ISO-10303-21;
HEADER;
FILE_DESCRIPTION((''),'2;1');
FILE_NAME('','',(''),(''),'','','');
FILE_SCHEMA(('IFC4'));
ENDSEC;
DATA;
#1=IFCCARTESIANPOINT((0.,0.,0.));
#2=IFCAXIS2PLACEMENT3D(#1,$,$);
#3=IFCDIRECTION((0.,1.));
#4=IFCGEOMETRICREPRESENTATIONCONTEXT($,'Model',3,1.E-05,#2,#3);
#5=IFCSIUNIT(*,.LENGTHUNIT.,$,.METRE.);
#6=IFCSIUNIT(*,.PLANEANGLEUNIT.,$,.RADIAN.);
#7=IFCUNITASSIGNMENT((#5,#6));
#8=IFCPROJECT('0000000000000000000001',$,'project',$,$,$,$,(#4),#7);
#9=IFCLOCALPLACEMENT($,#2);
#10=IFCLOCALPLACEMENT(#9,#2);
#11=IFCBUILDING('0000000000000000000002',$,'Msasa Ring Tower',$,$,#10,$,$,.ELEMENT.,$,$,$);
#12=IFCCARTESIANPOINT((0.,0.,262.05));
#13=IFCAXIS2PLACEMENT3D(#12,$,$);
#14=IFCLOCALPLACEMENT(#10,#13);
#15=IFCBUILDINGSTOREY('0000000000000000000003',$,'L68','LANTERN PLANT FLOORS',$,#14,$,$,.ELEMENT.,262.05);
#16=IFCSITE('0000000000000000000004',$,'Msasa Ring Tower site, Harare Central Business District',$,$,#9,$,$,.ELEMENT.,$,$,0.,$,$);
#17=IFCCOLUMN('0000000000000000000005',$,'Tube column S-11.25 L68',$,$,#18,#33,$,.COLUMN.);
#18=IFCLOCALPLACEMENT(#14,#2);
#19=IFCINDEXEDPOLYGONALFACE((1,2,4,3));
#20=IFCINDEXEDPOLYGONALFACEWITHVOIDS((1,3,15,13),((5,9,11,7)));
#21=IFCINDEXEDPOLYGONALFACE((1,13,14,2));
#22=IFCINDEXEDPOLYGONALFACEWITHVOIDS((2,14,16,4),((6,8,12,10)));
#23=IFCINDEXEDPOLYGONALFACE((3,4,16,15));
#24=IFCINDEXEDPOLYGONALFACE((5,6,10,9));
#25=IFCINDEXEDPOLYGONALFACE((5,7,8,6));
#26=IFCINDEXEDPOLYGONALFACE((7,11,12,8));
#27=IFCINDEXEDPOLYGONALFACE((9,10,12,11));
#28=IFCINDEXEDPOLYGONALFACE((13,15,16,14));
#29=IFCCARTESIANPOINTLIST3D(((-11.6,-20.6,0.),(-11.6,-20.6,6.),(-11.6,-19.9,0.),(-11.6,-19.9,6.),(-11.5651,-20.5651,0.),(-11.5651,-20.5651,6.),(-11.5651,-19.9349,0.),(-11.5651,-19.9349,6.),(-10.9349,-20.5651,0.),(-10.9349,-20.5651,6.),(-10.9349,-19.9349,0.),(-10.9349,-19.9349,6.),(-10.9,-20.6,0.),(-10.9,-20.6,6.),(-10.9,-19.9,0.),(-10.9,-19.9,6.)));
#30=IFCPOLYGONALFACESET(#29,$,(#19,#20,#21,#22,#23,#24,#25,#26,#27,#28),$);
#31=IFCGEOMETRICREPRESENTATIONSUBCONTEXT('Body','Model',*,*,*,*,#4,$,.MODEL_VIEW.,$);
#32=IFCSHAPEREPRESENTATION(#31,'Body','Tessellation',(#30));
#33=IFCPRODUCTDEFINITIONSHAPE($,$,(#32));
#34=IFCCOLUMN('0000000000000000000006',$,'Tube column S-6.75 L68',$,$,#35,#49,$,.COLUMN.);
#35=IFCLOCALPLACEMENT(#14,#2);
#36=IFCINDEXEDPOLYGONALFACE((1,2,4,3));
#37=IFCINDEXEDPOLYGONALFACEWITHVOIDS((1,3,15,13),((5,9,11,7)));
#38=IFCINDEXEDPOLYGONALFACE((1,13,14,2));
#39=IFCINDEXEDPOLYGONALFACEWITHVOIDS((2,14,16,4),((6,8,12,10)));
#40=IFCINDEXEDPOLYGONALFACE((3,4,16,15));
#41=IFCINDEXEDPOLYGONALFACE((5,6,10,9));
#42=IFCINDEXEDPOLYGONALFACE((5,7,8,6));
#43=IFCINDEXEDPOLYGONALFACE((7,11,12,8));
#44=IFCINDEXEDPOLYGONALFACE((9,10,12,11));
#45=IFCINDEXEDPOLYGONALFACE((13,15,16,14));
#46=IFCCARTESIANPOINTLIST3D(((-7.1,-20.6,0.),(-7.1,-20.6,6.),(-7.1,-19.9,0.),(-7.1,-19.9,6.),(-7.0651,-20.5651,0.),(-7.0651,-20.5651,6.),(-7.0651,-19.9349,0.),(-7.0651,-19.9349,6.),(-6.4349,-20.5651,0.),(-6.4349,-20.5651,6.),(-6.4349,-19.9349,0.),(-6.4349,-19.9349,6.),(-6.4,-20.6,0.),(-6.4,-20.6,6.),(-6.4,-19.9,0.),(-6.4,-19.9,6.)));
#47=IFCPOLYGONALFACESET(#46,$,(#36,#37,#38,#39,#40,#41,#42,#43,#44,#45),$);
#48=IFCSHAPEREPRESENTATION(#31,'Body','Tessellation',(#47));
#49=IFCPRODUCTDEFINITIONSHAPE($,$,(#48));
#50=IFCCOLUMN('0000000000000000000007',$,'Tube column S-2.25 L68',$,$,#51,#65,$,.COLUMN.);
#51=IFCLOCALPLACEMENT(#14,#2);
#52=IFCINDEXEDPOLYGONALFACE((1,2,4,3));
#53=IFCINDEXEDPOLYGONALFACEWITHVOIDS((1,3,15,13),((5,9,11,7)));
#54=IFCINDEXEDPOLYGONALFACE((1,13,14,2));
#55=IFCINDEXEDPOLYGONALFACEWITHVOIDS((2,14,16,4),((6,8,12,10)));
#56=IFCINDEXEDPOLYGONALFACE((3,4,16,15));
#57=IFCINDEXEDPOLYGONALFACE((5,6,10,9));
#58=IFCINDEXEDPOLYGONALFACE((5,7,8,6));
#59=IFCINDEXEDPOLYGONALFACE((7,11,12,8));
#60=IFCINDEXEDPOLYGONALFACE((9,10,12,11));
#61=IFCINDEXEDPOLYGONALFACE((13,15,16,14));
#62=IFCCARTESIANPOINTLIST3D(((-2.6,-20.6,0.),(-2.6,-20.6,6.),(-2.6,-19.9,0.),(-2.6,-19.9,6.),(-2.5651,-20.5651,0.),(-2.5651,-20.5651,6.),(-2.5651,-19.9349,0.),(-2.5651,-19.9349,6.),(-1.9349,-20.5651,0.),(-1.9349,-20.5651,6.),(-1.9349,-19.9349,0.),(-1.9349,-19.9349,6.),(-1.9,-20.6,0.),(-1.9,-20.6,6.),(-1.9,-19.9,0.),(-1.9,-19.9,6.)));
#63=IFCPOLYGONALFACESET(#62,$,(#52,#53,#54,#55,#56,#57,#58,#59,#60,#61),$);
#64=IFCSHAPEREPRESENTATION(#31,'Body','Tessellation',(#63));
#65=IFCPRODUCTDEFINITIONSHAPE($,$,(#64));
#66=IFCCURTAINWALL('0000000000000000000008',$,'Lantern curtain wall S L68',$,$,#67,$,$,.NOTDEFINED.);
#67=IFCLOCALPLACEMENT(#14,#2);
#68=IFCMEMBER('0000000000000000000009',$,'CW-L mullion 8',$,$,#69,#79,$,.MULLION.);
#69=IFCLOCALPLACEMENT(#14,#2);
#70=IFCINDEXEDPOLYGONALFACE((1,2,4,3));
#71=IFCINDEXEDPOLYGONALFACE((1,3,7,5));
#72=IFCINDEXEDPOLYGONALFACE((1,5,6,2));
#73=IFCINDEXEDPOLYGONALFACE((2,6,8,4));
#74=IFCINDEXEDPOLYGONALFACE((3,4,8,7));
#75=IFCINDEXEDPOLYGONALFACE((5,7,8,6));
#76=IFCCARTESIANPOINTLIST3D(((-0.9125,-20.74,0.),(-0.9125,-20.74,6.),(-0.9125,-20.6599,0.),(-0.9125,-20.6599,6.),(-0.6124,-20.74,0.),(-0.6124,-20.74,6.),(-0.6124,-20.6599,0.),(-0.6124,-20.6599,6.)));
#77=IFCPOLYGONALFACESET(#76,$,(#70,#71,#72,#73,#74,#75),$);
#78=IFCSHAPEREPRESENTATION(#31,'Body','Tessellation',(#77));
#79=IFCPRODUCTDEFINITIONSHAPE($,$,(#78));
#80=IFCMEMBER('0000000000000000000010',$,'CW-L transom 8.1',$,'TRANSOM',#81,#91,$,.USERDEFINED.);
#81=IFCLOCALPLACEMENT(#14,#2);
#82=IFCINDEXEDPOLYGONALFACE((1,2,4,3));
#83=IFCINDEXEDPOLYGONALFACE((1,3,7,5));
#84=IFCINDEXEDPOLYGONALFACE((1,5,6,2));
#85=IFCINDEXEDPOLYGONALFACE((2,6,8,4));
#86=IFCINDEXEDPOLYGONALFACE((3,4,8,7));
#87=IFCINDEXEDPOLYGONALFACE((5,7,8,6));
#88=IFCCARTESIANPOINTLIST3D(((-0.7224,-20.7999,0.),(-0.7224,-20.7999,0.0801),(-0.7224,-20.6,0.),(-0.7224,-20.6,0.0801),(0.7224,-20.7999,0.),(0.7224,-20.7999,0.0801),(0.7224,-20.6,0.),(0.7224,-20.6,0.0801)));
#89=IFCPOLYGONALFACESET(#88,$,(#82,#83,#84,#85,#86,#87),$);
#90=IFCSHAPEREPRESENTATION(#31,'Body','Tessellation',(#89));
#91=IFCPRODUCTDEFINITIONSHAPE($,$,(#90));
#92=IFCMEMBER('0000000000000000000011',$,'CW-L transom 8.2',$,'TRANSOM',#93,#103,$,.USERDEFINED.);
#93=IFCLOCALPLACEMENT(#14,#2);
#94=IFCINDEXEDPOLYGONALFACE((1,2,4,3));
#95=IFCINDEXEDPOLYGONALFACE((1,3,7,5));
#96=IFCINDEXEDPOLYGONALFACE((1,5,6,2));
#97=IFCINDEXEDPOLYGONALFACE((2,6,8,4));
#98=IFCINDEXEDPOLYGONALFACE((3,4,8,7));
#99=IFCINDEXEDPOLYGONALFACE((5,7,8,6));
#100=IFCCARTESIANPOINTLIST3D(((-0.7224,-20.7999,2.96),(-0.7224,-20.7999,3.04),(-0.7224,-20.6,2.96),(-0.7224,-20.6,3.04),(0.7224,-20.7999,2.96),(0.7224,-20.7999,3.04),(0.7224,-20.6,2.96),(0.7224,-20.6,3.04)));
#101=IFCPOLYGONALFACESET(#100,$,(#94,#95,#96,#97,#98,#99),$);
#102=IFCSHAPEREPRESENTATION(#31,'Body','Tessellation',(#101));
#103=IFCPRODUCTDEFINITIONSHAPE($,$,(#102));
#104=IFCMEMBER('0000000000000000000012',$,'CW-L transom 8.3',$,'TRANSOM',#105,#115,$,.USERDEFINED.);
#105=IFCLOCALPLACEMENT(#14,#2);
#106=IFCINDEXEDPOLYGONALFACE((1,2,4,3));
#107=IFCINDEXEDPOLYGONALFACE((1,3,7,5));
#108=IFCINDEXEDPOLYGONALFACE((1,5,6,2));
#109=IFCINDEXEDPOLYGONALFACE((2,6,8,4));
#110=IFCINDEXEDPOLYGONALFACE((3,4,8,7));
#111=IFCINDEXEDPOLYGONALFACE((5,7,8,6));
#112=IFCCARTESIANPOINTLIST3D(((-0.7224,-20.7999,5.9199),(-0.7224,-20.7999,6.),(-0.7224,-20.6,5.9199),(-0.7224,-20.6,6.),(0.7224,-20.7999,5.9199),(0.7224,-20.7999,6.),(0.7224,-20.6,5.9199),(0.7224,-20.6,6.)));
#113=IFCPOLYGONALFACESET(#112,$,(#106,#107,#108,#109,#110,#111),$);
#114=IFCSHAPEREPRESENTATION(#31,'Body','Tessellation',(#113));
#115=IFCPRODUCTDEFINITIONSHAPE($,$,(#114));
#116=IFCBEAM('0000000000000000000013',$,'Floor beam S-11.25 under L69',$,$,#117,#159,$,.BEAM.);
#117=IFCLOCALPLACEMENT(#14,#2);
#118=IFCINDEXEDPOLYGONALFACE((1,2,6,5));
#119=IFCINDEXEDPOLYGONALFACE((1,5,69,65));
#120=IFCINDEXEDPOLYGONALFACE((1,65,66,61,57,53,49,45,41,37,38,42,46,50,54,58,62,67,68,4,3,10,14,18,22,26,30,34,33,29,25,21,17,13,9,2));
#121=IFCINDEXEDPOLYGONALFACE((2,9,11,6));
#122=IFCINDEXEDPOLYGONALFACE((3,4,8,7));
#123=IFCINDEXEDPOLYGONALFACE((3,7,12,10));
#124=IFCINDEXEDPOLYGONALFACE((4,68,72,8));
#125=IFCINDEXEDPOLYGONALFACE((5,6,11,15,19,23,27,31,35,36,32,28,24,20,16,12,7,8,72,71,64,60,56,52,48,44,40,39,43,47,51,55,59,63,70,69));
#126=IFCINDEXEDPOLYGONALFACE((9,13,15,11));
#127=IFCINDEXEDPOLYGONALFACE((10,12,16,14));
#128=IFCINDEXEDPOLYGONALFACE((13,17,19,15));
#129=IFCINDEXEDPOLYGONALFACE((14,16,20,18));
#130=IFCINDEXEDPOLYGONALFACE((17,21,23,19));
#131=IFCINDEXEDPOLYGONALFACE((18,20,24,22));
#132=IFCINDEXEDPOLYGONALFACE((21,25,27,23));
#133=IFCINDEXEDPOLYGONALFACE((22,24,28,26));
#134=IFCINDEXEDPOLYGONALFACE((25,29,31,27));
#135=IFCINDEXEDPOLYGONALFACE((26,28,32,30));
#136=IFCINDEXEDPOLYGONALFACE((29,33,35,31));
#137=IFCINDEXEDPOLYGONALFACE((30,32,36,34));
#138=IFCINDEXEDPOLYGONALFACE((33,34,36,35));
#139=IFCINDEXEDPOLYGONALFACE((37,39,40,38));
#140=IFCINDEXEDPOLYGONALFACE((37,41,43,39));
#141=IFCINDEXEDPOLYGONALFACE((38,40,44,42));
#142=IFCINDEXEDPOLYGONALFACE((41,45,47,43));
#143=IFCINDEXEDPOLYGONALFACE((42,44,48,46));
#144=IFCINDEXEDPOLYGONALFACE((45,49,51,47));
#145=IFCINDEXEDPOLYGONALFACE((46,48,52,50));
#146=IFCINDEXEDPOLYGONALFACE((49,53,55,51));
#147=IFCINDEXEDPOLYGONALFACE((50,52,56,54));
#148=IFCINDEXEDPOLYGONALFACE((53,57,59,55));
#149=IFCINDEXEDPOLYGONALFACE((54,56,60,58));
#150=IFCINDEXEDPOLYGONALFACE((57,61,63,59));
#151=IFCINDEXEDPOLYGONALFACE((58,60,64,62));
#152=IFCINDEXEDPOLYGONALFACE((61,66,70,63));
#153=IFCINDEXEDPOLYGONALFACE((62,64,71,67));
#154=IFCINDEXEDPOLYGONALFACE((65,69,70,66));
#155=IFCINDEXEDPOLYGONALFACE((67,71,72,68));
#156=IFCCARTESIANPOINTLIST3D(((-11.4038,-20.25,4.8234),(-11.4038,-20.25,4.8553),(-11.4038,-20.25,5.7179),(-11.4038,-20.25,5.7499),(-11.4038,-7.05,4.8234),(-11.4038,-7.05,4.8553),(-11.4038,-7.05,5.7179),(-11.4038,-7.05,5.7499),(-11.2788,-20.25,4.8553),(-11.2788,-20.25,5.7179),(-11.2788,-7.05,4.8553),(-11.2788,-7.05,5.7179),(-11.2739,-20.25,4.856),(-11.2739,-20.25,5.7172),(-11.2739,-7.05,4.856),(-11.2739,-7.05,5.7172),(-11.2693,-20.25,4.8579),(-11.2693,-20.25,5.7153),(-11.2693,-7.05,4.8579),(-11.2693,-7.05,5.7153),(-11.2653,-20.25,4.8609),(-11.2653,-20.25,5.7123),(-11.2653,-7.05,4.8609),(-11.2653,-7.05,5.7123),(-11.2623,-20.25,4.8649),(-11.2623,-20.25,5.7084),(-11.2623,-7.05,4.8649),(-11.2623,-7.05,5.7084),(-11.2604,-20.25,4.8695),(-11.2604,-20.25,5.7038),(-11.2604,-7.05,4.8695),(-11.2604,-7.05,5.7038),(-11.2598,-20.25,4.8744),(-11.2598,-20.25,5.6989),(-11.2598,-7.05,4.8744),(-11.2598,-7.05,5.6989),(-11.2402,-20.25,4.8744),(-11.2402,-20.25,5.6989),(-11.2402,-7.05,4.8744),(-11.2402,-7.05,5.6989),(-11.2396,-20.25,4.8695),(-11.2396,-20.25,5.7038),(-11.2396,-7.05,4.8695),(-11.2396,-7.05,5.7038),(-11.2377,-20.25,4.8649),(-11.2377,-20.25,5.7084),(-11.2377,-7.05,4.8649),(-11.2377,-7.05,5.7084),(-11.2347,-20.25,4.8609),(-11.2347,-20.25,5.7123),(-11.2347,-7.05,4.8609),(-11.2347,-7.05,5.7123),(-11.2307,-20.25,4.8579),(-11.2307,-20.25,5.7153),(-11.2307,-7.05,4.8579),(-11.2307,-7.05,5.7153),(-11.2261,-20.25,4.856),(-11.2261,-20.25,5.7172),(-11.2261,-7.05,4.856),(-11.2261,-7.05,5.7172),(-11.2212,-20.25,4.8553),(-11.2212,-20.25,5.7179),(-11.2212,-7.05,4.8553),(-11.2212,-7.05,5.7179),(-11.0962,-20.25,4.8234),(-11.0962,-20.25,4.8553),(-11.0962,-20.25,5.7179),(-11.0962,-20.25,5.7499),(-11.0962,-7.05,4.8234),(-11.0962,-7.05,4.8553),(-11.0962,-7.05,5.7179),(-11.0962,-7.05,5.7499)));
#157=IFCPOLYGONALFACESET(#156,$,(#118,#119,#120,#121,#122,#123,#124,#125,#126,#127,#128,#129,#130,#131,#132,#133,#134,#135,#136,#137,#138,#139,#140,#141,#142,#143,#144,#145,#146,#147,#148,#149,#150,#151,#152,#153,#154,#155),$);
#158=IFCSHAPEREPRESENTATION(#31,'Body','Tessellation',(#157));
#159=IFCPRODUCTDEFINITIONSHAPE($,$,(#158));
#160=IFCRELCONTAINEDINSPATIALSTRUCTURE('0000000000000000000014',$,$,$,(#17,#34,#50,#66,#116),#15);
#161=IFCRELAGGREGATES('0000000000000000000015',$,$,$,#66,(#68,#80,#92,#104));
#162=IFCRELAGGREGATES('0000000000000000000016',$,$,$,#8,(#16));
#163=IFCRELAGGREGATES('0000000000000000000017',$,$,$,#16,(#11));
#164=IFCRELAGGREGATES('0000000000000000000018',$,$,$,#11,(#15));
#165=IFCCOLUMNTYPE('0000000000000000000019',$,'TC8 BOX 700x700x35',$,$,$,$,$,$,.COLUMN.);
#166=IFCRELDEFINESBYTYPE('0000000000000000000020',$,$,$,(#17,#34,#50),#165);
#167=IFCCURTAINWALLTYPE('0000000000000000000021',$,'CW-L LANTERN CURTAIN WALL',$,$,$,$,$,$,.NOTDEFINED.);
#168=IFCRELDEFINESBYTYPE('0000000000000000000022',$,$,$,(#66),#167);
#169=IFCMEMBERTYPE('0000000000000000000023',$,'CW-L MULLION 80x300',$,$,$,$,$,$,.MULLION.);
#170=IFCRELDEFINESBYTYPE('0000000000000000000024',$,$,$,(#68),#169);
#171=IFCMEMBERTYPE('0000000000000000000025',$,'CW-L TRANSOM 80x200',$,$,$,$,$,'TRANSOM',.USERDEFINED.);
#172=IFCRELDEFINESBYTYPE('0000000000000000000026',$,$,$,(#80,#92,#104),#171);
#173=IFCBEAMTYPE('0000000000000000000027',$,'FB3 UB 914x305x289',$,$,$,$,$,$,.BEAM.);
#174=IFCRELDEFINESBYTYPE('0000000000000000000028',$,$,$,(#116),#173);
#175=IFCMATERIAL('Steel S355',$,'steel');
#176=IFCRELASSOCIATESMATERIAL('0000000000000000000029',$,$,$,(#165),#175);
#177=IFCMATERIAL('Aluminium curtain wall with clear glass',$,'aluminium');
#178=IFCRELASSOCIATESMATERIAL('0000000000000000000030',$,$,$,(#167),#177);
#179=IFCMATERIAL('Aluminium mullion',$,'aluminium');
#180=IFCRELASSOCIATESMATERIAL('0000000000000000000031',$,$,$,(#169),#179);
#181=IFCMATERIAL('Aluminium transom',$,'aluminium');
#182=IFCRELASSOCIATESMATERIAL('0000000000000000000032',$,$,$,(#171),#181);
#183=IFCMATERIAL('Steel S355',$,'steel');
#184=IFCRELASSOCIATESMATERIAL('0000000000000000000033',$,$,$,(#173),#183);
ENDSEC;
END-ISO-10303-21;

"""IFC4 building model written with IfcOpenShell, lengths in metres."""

from ifc_helpers import new_model, si_unit, direction, frame, origin, origin_2d, place, context, subcontext, project, spatial, rectangle, hollow_rectangle, i_section, extrude, material, material_profile, profile_set, type_object, element, aggregate, save


model = new_model("IFC4")

# Units and contexts
model_context = context("Model", 3, precision=1e-05, world=origin(), true_north=direction((0.0, 1.0)))
body_context = subcontext(model_context, "Body", "Model", "MODEL_VIEW")
ifc_project = project(units=[si_unit("LENGTHUNIT", "METRE"), si_unit("PLANEANGLEUNIT", "RADIAN")], contexts=[model_context])

# Site, building, storey
site_placement = place(None, origin())
site = spatial("IfcSite", under=ifc_project, at=site_placement, Name="Msasa Ring Tower site, Harare Central Business District", CompositionType="ELEMENT", RefElevation=0.0)
building_placement = place(site_placement, origin())
building = spatial("IfcBuilding", under=site, at=building_placement, Name="Msasa Ring Tower", CompositionType="ELEMENT")
storey_placement = place(building_placement, frame((0.0, 0.0, 262.05)))
storey = spatial("IfcBuildingStorey", under=building, at=storey_placement, Name="L68", Description="LANTERN PLANT FLOORS", CompositionType="ELEMENT", Elevation=262.05)

# Columns
ifc_material_1 = material(Name="Steel S355", Category="steel")
ifc_material_profile_1 = material_profile(ifc_material_1, hollow_rectangle(XDim=0.7, YDim=0.7, WallThickness=0.0349, at=origin_2d()), Name="BOX 700x700x35")
ifc_profile_set_1 = profile_set([ifc_material_profile_1], Name="Steel S355")
column_type = type_object("IfcColumnType", Name="TC8 BOX 700x700x35", PredefinedType="COLUMN", material=ifc_profile_set_1)
for number, where, z_axis, x_axis, name in (
    (1, (-11.25, -20.25, 0.0), (0.0, 0.0, 1.0), (0.0, 1.0, 0.0), "Tube column S-11.25 L68"),
    (2, (-6.75, -20.25, 0.0), (0.0, 0.0, 1.0), (0.0, 1.0, 0.0), "Tube column S-6.75 L68"),
    (3, (-2.25, -20.25, 0.0), (0.0, 0.0, 1.0), (0.0, 1.0, 0.0), "Tube column S-2.25 L68"),
):
    element("IfcColumn", number, at=place(storey_placement, frame(where, z_axis=z_axis, x_axis=x_axis)), inside=storey, type_object=column_type, Name=name, PredefinedType="COLUMN", context=body_context, shape_type="SweptSolid", body=[
        extrude(hollow_rectangle(XDim=0.7, YDim=0.7, WallThickness=0.0349, at=origin_2d()), origin(), (0.0, 0.0, 1.0), 6.0),
    ])

# Curtain wall, members
ifc_material_2 = material(Name="Aluminium curtain wall with clear glass", Category="aluminium")
curtain_wall_type = type_object("IfcCurtainWallType", Name="CW-L LANTERN CURTAIN WALL", PredefinedType="NOTDEFINED", material=ifc_material_2)
curtain_wall_placement = place(storey_placement, origin())
curtain_wall = element("IfcCurtainWall", 4, at=curtain_wall_placement, inside=storey, type_object=curtain_wall_type, Name="Lantern curtain wall S L68", PredefinedType="NOTDEFINED")
ifc_material_3 = material(Name="Aluminium mullion", Category="aluminium")
ifc_material_profile_2 = material_profile(ifc_material_3, rectangle(XDim=0.0801, YDim=0.3, at=origin_2d()), Name="AL 80x300")
ifc_profile_set_2 = profile_set([ifc_material_profile_2], Name="Aluminium mullion")
member_type_1 = type_object("IfcMemberType", Name="CW-L MULLION 80x300", PredefinedType="MULLION", material=ifc_profile_set_2)
member_1_placement = place(storey_placement, frame((-0.7625, -20.7, 0.0), z_axis=(0.0, 0.0, 1.0), x_axis=(0.0, 1.0, 0.0)))
member_1 = element("IfcMember", 5, at=member_1_placement, type_object=member_type_1, Name="CW-L mullion 8", PredefinedType="MULLION", context=body_context, shape_type="SweptSolid", body=[
    extrude(rectangle(XDim=0.0801, YDim=0.3, at=origin_2d()), origin(), (0.0, 0.0, 1.0), 6.0),
])
ifc_material_4 = material(Name="Aluminium transom", Category="aluminium")
ifc_material_profile_3 = material_profile(ifc_material_4, rectangle(XDim=0.2, YDim=0.0801, at=origin_2d()), Name="AL 80x200")
ifc_profile_set_3 = profile_set([ifc_material_profile_3], Name="Aluminium transom")
member_type_2 = type_object("IfcMemberType", Name="CW-L TRANSOM 80x200", ElementType="TRANSOM", PredefinedType="USERDEFINED", material=ifc_profile_set_3)
member_2_placement = place(storey_placement, frame((-0.7224, -20.7, 0.04), z_axis=(1.0, 0.0, 0.0), x_axis=(0.0, 1.0, 0.0)))
member_2 = element("IfcMember", 6, at=member_2_placement, type_object=member_type_2, Name="CW-L transom 8.1", ObjectType="TRANSOM", PredefinedType="USERDEFINED", context=body_context, shape_type="SweptSolid", body=[
    extrude(rectangle(XDim=0.2, YDim=0.0801, at=origin_2d()), origin(), (0.0, 0.0, 1.0), 1.4448),
])
member_3_placement = place(storey_placement, frame((-0.7224, -20.7, 3.0), z_axis=(1.0, 0.0, 0.0), x_axis=(0.0, 1.0, 0.0)))
member_3 = element("IfcMember", 7, at=member_3_placement, type_object=member_type_2, Name="CW-L transom 8.2", ObjectType="TRANSOM", PredefinedType="USERDEFINED", context=body_context, shape_type="SweptSolid", body=[
    extrude(rectangle(XDim=0.2, YDim=0.0801, at=origin_2d()), origin(), (0.0, 0.0, 1.0), 1.4448),
])
member_4_placement = place(storey_placement, frame((-0.7224, -20.7, 5.96), z_axis=(1.0, 0.0, 0.0), x_axis=(0.0, 1.0, 0.0)))
member_4 = element("IfcMember", 8, at=member_4_placement, type_object=member_type_2, Name="CW-L transom 8.3", ObjectType="TRANSOM", PredefinedType="USERDEFINED", context=body_context, shape_type="SweptSolid", body=[
    extrude(rectangle(XDim=0.2, YDim=0.0801, at=origin_2d()), origin(), (0.0, 0.0, 1.0), 1.4448),
])

# Beam
ifc_material_5 = material(Name="Steel S355", Category="steel")
ifc_material_profile_4 = material_profile(ifc_material_5, i_section(OverallWidth=0.3076, OverallDepth=0.9265, WebThickness=0.0195, FlangeThickness=0.032, FilletRadius=0.019, at=origin_2d()), Name="UB 914x305x289")
ifc_profile_set_4 = profile_set([ifc_material_profile_4], Name="Steel S355")
beam_type_1 = type_object("IfcBeamType", Name="FB3 UB 914x305x289", PredefinedType="BEAM", material=ifc_profile_set_4)
beam_placement = place(storey_placement, frame((-11.25, -20.25, 5.2866), z_axis=(0.0, 1.0, 0.0), x_axis=(-1.0, 0.0, 0.0)))
element("IfcBeam", 9, at=beam_placement, inside=storey, type_object=beam_type_1, Name="Floor beam S-11.25 under L69", PredefinedType="BEAM", context=body_context, shape_type="SweptSolid", body=[
    extrude(i_section(OverallWidth=0.3076, OverallDepth=0.9265, WebThickness=0.0195, FlangeThickness=0.032, FilletRadius=0.019, at=origin_2d()), origin(), (0.0, 0.0, 1.0), 13.2),
])

aggregate(curtain_wall, [member_1, member_2, member_3, member_4])

save(model, "model.ifc")
